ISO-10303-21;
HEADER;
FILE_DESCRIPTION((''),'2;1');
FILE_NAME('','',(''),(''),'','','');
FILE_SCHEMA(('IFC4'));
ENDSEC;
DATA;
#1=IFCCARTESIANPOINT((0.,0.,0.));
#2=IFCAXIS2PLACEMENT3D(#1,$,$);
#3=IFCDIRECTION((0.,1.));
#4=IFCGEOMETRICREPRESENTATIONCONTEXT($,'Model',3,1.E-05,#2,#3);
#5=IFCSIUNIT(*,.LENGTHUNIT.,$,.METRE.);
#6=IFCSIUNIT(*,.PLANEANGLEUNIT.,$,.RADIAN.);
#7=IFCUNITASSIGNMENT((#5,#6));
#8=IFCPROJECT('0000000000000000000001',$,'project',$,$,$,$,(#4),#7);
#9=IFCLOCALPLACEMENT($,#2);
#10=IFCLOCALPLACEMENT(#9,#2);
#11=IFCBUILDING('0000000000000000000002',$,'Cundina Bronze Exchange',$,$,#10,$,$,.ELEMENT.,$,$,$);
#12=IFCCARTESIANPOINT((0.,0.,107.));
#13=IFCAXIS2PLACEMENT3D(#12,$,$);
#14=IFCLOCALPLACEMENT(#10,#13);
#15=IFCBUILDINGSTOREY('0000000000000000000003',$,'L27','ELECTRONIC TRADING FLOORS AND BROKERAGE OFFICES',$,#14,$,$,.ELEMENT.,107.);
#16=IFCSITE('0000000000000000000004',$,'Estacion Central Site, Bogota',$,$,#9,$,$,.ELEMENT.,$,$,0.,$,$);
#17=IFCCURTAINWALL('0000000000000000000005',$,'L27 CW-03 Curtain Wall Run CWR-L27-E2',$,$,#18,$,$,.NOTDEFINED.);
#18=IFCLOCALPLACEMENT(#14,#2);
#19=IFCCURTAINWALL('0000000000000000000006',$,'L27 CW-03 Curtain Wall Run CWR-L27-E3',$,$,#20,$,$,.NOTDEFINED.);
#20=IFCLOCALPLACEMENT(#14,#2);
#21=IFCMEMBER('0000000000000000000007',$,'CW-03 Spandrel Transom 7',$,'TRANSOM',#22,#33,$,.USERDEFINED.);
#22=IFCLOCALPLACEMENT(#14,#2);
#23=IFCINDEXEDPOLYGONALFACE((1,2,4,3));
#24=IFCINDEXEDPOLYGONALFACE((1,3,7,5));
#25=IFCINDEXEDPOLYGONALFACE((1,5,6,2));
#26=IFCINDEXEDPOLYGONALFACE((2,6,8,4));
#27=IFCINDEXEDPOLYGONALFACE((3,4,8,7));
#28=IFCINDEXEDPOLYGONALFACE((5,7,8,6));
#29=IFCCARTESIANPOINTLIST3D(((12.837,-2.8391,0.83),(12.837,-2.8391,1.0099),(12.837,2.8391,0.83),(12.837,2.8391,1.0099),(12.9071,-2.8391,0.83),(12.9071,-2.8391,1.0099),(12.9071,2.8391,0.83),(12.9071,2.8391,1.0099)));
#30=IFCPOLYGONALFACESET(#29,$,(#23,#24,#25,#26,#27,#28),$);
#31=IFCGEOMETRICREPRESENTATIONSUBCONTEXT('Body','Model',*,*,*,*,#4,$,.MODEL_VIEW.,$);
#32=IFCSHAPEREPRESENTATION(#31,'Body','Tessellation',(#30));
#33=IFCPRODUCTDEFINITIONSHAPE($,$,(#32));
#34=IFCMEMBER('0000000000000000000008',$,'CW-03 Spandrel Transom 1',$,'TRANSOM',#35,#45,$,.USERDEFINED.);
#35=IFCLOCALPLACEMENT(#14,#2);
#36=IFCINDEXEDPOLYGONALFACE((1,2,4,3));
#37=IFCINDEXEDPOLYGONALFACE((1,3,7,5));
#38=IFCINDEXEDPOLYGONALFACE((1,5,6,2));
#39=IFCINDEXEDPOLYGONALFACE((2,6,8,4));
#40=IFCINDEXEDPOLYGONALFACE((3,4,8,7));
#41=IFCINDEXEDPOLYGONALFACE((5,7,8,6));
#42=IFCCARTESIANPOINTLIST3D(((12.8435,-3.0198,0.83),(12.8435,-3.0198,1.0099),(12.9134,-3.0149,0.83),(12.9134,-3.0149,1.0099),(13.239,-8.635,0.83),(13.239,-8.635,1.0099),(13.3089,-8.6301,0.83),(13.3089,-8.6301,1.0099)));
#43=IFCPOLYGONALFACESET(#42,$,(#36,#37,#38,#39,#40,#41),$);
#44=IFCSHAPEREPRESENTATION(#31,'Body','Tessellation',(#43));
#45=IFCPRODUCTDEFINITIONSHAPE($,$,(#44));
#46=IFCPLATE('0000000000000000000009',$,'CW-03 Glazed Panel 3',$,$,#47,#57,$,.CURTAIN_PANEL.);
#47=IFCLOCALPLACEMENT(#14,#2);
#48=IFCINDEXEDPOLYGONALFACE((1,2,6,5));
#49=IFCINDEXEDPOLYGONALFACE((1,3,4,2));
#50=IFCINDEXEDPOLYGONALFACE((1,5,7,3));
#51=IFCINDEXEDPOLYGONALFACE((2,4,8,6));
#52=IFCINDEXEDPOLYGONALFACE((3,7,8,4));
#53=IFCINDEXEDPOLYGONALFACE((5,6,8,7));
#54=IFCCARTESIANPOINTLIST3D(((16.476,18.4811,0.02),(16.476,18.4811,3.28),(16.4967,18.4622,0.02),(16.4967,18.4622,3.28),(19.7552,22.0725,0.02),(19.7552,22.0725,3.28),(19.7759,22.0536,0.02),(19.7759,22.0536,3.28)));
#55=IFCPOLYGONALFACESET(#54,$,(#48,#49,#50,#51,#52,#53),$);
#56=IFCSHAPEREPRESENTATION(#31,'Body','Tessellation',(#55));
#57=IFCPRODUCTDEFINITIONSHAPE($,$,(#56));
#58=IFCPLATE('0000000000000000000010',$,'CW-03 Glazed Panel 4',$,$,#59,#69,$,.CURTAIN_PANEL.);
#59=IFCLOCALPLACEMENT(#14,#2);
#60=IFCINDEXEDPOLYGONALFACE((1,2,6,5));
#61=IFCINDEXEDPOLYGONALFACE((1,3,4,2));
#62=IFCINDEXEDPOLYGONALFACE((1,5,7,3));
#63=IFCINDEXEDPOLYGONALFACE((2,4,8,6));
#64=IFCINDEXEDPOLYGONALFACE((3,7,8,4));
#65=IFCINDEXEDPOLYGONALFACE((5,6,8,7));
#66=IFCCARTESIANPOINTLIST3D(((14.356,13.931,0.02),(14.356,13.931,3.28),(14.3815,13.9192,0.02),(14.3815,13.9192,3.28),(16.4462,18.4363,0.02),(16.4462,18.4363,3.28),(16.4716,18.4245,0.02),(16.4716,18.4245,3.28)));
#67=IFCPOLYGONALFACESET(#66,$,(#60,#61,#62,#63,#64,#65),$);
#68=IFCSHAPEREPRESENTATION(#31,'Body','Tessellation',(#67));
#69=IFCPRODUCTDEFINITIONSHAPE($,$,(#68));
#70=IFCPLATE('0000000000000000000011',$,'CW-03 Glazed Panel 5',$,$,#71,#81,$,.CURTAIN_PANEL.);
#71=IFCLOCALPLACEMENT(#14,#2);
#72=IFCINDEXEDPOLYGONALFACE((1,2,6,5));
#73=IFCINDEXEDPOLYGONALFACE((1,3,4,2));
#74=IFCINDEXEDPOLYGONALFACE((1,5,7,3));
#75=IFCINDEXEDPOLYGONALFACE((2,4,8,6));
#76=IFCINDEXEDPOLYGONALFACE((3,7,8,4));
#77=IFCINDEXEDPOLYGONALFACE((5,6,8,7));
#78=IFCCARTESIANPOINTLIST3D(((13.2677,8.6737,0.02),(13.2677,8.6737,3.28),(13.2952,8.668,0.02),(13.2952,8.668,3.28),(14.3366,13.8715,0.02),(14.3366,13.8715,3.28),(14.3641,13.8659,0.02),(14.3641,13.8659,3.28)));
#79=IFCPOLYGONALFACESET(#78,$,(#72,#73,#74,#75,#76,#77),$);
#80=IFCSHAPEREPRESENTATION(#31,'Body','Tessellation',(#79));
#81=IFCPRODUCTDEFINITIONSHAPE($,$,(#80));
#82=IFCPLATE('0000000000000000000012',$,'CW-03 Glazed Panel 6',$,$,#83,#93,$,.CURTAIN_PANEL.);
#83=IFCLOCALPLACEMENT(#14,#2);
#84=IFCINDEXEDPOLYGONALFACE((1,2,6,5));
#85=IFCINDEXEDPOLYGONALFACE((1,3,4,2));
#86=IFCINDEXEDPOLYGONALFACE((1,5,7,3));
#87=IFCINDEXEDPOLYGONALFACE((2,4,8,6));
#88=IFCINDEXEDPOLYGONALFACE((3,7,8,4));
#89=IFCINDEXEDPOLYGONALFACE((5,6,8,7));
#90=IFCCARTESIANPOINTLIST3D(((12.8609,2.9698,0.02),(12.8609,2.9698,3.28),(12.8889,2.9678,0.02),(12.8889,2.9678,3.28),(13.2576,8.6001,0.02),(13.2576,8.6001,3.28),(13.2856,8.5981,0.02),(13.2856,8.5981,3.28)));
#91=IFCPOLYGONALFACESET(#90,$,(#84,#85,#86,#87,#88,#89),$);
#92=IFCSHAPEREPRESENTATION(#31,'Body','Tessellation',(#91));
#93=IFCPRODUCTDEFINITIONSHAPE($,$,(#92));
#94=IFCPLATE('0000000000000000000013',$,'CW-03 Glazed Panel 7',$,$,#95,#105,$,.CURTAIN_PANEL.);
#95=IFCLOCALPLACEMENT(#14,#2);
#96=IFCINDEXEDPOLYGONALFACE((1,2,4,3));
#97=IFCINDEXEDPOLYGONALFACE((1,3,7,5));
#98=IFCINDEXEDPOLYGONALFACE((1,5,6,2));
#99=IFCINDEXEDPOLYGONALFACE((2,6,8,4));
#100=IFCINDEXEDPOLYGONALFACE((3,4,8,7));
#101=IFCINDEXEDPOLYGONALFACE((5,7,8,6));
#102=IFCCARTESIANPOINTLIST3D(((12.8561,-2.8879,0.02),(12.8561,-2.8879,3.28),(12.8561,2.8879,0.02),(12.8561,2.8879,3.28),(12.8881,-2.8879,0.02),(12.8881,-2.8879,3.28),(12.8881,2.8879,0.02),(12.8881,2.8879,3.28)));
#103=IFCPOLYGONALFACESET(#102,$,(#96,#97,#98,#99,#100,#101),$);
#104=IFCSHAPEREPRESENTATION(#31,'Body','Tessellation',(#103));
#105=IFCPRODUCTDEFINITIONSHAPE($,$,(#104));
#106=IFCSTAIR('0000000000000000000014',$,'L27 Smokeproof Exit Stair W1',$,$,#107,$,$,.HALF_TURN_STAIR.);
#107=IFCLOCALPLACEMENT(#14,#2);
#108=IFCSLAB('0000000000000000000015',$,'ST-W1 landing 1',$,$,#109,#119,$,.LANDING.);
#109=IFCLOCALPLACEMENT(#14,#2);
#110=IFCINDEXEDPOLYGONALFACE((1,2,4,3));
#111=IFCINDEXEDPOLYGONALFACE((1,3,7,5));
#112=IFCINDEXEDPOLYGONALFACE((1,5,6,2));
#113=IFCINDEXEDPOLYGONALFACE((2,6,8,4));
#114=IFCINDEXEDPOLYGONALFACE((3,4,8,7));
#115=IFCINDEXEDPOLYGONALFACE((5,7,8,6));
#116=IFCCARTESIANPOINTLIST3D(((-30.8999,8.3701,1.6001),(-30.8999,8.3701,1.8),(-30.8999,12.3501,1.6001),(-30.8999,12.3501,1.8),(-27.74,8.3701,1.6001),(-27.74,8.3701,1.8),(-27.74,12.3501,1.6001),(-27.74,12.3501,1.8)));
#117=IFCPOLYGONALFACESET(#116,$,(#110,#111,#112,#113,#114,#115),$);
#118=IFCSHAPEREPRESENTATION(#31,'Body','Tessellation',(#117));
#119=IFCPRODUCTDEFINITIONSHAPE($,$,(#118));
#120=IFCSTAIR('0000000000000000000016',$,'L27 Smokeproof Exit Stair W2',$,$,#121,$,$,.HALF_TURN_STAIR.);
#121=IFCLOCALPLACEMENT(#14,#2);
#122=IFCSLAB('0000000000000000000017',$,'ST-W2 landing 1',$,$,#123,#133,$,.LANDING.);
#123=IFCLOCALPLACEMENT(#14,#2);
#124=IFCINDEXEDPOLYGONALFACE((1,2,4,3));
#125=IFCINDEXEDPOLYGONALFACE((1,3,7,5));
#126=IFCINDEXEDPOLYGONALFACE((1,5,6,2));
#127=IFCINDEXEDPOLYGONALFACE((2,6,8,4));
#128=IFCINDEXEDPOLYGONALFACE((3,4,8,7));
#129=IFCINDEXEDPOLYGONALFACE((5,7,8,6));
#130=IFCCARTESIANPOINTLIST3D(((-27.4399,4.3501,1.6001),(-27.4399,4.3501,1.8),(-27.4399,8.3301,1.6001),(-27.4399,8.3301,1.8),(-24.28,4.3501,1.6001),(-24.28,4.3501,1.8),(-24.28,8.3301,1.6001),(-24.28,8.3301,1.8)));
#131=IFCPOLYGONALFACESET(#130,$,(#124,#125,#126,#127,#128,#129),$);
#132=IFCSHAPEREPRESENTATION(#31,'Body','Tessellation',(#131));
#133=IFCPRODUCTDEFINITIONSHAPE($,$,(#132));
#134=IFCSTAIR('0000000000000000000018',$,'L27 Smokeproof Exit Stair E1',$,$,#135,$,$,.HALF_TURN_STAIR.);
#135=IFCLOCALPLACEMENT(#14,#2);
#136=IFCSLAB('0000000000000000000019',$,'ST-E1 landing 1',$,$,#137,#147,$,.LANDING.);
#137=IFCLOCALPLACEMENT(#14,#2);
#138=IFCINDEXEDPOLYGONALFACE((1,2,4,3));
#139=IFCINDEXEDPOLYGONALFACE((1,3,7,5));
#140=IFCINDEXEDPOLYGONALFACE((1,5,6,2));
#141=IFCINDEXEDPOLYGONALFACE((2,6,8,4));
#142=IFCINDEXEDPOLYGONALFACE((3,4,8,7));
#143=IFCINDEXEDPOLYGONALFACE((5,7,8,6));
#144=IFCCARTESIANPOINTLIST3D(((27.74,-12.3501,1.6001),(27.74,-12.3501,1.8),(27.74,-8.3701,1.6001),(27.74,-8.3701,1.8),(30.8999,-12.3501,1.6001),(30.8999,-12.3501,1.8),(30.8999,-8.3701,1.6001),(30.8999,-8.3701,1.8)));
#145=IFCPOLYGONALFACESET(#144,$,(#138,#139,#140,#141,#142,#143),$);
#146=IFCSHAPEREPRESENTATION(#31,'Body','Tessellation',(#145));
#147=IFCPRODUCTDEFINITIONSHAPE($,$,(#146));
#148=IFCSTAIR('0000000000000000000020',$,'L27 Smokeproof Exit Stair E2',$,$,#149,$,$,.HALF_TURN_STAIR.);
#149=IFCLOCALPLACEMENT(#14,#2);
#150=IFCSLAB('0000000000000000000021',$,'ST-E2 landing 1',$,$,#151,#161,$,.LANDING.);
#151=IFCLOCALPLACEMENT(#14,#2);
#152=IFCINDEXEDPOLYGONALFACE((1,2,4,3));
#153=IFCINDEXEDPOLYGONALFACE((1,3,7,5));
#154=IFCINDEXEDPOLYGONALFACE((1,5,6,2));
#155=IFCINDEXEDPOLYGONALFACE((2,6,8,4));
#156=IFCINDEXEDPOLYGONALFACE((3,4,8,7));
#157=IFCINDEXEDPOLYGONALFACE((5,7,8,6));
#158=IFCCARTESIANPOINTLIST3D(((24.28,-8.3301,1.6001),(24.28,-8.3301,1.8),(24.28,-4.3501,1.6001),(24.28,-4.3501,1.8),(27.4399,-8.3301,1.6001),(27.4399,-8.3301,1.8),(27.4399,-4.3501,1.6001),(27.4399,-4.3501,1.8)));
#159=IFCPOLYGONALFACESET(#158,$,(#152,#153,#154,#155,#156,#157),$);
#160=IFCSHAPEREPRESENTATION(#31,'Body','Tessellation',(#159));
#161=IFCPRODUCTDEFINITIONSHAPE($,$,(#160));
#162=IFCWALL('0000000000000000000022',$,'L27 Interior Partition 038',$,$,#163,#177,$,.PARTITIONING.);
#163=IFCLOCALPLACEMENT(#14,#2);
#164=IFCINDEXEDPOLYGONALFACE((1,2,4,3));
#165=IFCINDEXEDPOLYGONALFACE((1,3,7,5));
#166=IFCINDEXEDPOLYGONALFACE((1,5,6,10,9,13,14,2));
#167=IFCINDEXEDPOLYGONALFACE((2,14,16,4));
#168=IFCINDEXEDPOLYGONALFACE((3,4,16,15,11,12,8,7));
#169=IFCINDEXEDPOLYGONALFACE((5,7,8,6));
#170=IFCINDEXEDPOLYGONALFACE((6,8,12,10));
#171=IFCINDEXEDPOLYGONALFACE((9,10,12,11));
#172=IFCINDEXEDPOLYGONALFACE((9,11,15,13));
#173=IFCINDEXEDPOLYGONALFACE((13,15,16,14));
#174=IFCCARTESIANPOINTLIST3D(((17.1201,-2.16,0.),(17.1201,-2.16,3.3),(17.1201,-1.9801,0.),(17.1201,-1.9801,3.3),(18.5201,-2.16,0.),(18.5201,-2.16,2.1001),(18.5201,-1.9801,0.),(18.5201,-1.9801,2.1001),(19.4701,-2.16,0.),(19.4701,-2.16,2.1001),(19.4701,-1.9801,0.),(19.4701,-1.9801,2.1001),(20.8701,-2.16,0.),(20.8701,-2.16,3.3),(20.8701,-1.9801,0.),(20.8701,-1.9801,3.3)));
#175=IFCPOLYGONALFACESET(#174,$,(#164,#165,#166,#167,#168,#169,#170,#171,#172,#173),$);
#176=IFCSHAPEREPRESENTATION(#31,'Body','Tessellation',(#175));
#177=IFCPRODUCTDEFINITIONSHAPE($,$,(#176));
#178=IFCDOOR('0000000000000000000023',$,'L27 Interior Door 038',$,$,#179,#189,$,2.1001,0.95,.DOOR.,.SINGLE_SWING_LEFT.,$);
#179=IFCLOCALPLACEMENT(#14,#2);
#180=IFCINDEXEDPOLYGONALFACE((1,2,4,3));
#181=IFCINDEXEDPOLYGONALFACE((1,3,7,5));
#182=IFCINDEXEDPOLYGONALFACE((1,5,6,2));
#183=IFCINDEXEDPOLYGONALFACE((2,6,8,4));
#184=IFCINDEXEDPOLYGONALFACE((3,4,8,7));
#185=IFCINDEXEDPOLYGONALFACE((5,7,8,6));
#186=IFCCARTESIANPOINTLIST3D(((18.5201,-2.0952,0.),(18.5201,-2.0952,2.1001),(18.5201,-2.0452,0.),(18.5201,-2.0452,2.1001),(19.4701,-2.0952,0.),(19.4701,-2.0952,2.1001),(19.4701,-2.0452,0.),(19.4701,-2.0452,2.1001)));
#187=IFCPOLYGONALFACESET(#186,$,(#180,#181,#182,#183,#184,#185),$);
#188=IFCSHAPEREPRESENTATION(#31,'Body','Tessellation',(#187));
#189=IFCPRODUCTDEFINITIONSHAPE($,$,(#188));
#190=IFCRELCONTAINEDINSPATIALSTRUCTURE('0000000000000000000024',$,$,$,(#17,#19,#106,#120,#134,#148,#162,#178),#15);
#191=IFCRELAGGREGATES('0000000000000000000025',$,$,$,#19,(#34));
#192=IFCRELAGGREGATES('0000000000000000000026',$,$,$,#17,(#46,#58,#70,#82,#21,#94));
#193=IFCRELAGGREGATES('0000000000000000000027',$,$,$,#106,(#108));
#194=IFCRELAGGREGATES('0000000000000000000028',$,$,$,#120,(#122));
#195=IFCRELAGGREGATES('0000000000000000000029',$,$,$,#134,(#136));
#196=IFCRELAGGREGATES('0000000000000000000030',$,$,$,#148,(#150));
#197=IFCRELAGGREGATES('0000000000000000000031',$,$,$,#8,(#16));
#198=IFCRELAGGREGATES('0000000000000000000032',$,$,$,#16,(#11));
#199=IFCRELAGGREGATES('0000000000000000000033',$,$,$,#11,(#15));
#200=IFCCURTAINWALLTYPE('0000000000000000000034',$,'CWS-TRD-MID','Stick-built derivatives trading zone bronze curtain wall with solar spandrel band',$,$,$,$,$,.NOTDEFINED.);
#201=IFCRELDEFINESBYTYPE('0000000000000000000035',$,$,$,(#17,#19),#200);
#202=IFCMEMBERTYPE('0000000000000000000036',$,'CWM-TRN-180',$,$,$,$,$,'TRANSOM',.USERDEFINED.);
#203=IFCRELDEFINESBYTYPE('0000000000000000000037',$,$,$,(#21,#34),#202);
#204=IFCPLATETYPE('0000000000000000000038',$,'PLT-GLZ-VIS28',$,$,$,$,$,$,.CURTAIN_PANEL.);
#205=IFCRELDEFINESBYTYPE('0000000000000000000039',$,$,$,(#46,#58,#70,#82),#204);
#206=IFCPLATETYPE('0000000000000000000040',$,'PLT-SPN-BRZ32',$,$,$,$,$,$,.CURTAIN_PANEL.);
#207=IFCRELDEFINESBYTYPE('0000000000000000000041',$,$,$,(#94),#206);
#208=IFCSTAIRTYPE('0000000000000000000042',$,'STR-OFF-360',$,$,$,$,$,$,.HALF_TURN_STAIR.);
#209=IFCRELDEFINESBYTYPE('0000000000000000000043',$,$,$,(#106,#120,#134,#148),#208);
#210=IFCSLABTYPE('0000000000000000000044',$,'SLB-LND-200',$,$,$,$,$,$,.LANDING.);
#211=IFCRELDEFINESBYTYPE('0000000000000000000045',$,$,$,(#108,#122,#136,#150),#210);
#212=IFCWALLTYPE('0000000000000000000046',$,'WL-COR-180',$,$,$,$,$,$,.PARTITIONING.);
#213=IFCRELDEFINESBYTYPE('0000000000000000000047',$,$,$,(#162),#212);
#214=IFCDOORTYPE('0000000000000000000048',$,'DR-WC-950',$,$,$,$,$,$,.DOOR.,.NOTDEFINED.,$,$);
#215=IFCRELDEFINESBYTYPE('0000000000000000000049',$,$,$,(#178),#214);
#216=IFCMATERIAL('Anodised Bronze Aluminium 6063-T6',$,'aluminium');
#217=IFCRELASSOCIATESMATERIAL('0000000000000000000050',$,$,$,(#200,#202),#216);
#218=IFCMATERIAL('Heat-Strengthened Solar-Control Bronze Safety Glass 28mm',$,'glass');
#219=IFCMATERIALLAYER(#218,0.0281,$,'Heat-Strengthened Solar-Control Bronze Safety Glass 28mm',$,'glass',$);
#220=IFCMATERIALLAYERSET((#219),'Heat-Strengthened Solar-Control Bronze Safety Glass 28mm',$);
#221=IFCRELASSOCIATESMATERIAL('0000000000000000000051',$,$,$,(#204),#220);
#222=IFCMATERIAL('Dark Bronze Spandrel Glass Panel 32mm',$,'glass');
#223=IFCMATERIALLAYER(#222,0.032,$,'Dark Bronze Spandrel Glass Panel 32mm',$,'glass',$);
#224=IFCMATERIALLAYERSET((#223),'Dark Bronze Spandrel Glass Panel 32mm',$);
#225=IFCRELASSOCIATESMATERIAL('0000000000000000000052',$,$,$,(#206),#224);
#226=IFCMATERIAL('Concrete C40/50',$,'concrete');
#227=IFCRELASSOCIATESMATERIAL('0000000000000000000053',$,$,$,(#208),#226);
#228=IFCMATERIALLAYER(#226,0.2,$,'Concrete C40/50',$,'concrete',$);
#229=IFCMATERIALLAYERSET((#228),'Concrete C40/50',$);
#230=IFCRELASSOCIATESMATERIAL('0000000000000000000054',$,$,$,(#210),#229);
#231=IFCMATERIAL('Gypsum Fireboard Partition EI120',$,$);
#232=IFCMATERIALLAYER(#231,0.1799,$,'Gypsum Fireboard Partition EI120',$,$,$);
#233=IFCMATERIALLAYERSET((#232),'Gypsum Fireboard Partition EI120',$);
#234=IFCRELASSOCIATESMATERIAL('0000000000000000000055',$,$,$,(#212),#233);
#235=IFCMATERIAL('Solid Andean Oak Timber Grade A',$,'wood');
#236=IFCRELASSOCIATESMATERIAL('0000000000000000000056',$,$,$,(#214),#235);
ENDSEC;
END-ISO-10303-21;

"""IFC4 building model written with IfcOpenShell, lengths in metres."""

from ifc_helpers import new_model, si_unit, direction, frame, frame_2d, origin, origin_2d, place, context, subcontext, project, spatial, polyline, rectangle, outline, extrude, material, layer, layer_set, material_profile, profile_set, type_object, element, fill, aggregate, save


model = new_model("IFC4")

# Units and contexts
model_context = context("Model", 3, precision=1e-05, world=origin(), true_north=direction((0.0, 1.0)))
body_context = subcontext(model_context, "Body", "Model", "MODEL_VIEW")
ifc_project = project(units=[si_unit("LENGTHUNIT", "METRE"), si_unit("PLANEANGLEUNIT", "RADIAN")], contexts=[model_context])

# Site, building, storey
site_placement = place(None, origin())
site = spatial("IfcSite", under=ifc_project, at=site_placement, Name="Estacion Central Site, Bogota", CompositionType="ELEMENT", RefElevation=0.0)
building_placement = place(site_placement, origin())
building = spatial("IfcBuilding", under=site, at=building_placement, Name="Cundina Bronze Exchange", CompositionType="ELEMENT")
storey_placement = place(building_placement, frame((0.0, 0.0, 107.0)))
storey = spatial("IfcBuildingStorey", under=building, at=storey_placement, Name="L27", Description="ELECTRONIC TRADING FLOORS AND BROKERAGE OFFICES", CompositionType="ELEMENT", Elevation=107.0)

# Curtain wall
ifc_material_1 = material(Name="Anodised Bronze Aluminium 6063-T6", Category="aluminium")
curtain_wall_type = type_object("IfcCurtainWallType", Name="CWS-TRD-MID", Description="Stick-built derivatives trading zone bronze curtain wall with solar spandrel band", PredefinedType="NOTDEFINED", material=ifc_material_1)
curtain_wall_1_placement = place(storey_placement, origin())
curtain_wall_1 = element("IfcCurtainWall", 1, at=curtain_wall_1_placement, inside=storey, type_object=curtain_wall_type, Name="L27 CW-03 Curtain Wall Run CWR-L27-E2", PredefinedType="NOTDEFINED")

# Curtain wall
curtain_wall_2_placement = place(storey_placement, origin())
curtain_wall_2 = element("IfcCurtainWall", 2, at=curtain_wall_2_placement, inside=storey, type_object=curtain_wall_type, Name="L27 CW-03 Curtain Wall Run CWR-L27-E3", PredefinedType="NOTDEFINED")

# Members
ifc_material_profile_1 = material_profile(ifc_material_1, rectangle(XDim=0.0701, YDim=0.1799, at=origin_2d()), Name="AL70X180", Category="aluminium")
ifc_profile_set_1 = profile_set([ifc_material_profile_1], Name="Anodised Bronze Aluminium 6063-T6")
member_type_1 = type_object("IfcMemberType", Name="CWM-TRN-180", ElementType="TRANSOM", PredefinedType="USERDEFINED", material=ifc_profile_set_1)
member_1_placement = place(storey_placement, frame((12.8721, 2.8391, 0.9199), z_axis=(0.0, -1.0, 0.0), x_axis=(1.0, 0.0, 0.0)))
member_1 = element("IfcMember", 3, at=member_1_placement, type_object=member_type_1, Name="CW-03 Spandrel Transom 7", ObjectType="TRANSOM", PredefinedType="USERDEFINED", context=body_context, shape_type="SweptSolid", body=[
    extrude(rectangle(XDim=0.0701, YDim=0.1799, at=origin_2d()), origin(), (0.0, 0.0, 1.0), 5.6782),
])
member_2_placement = place(storey_placement, frame((12.8784, -3.0173, 0.9199), z_axis=(0.070261, -0.997529, 0.0), x_axis=(0.997529, 0.070261, 0.0)))
member_2 = element("IfcMember", 4, at=member_2_placement, type_object=member_type_1, Name="CW-03 Spandrel Transom 1", ObjectType="TRANSOM", PredefinedType="USERDEFINED", context=body_context, shape_type="SweptSolid", body=[
    extrude(rectangle(XDim=0.0701, YDim=0.1799, at=origin_2d()), origin(), (0.0, 0.0, 1.0), 5.6292),
])
aggregate(curtain_wall_2, [member_2])

# Plates
ifc_material_2 = material(Name="Heat-Strengthened Solar-Control Bronze Safety Glass 28mm", Category="glass")
ifc_layer_1 = layer(ifc_material_2, 0.0281, Name="Heat-Strengthened Solar-Control Bronze Safety Glass 28mm", Category="glass")
ifc_layer_set_1 = layer_set([ifc_layer_1], Name="Heat-Strengthened Solar-Control Bronze Safety Glass 28mm")
plate_type_1 = type_object("IfcPlateType", Name="PLT-GLZ-VIS28", PredefinedType="CURTAIN_PANEL", material=ifc_layer_set_1)
plate_1_placement = place(storey_placement, frame((18.126, 20.2673, 0.02), z_axis=(0.0, 0.0, 1.0), x_axis=(-0.674277, -0.738479, 0.0)))
plate_1 = element("IfcPlate", 5, at=plate_1_placement, type_object=plate_type_1, Name="CW-03 Glazed Panel 3", PredefinedType="CURTAIN_PANEL", context=body_context, shape_type="SweptSolid", body=[
    extrude(rectangle(XDim=4.8633, YDim=0.0281, at=origin_2d()), origin(), (0.0, 0.0, 1.0), 3.26),
])
plate_2_placement = place(storey_placement, frame((15.4138, 16.1777, 0.02), z_axis=(0.0, 0.0, 1.0), x_axis=(-0.420846, -0.907132, 0.0)))
plate_2 = element("IfcPlate", 6, at=plate_2_placement, type_object=plate_type_1, Name="CW-03 Glazed Panel 4", PredefinedType="CURTAIN_PANEL", context=body_context, shape_type="SweptSolid", body=[
    extrude(rectangle(XDim=4.9666, YDim=0.0281, at=origin_2d()), origin(), (0.0, 0.0, 1.0), 3.26),
])
plate_3_placement = place(storey_placement, frame((13.8159, 11.2698, 0.02), z_axis=(0.0, 0.0, 1.0), x_axis=(-0.20142, -0.979505, 0.0)))
plate_3 = element("IfcPlate", 7, at=plate_3_placement, type_object=plate_type_1, Name="CW-03 Glazed Panel 5", PredefinedType="CURTAIN_PANEL", context=body_context, shape_type="SweptSolid", body=[
    extrude(rectangle(XDim=5.3066, YDim=0.0281, at=origin_2d()), origin(), (0.0, 0.0, 1.0), 3.26),
])
plate_4_placement = place(storey_placement, frame((13.0732, 5.7839, 0.02), z_axis=(0.0, 0.0, 1.0), x_axis=(-0.070279, -0.997527, 0.0)))
plate_4 = element("IfcPlate", 8, at=plate_4_placement, type_object=plate_type_1, Name="CW-03 Glazed Panel 6", PredefinedType="CURTAIN_PANEL", context=body_context, shape_type="SweptSolid", body=[
    extrude(rectangle(XDim=5.6443, YDim=0.0281, at=origin_2d()), origin(), (0.0, 0.0, 1.0), 3.26),
])
ifc_material_3 = material(Name="Dark Bronze Spandrel Glass Panel 32mm", Category="glass")
ifc_layer_2 = layer(ifc_material_3, 0.032, Name="Dark Bronze Spandrel Glass Panel 32mm", Category="glass")
ifc_layer_set_2 = layer_set([ifc_layer_2], Name="Dark Bronze Spandrel Glass Panel 32mm")
plate_type_2 = type_object("IfcPlateType", Name="PLT-SPN-BRZ32", PredefinedType="CURTAIN_PANEL", material=ifc_layer_set_2)
plate_5_placement = place(storey_placement, frame((12.8721, 0.0, 0.02), z_axis=(0.0, 0.0, 1.0), x_axis=(0.0, -1.0, 0.0)))
plate_5 = element("IfcPlate", 9, at=plate_5_placement, type_object=plate_type_2, Name="CW-03 Glazed Panel 7", PredefinedType="CURTAIN_PANEL", context=body_context, shape_type="SweptSolid", body=[
    extrude(rectangle(XDim=5.7759, YDim=0.032, at=origin_2d()), origin(), (0.0, 0.0, 1.0), 3.26),
])
aggregate(curtain_wall_1, [plate_1, plate_2, plate_3, plate_4, member_1, plate_5])

# Stairs, slabs
ifc_material_4 = material(Name="Concrete C40/50", Category="concrete")
stair_type = type_object("IfcStairType", Name="STR-OFF-360", PredefinedType="HALF_TURN_STAIR", material=ifc_material_4)
stair_1_placement = place(storey_placement, origin())
stair_1 = element("IfcStair", 10, at=stair_1_placement, inside=storey, type_object=stair_type, Name="L27 Smokeproof Exit Stair W1", PredefinedType="HALF_TURN_STAIR")
ifc_layer_3 = layer(ifc_material_4, 0.2, Name="Concrete C40/50", Category="concrete")
ifc_layer_set_3 = layer_set([ifc_layer_3], Name="Concrete C40/50")
slab_type = type_object("IfcSlabType", Name="SLB-LND-200", PredefinedType="LANDING", material=ifc_layer_set_3)
slab_1_placement = place(storey_placement, frame((0.0, 0.0, 1.6001)))
slab_1 = element("IfcSlab", 11, at=slab_1_placement, type_object=slab_type, Name="ST-W1 landing 1", PredefinedType="LANDING", context=body_context, shape_type="SweptSolid", body=[
    extrude(outline(polyline([(-27.74, 8.3701), (-27.74, 12.3501), (-30.8999, 12.3501), (-30.8999, 8.3701), (-27.74, 8.3701)])), origin(), (0.0, 0.0, 1.0), 0.2),
])
aggregate(stair_1, [slab_1])
stair_2_placement = place(storey_placement, origin())
stair_2 = element("IfcStair", 12, at=stair_2_placement, inside=storey, type_object=stair_type, Name="L27 Smokeproof Exit Stair W2", PredefinedType="HALF_TURN_STAIR")
slab_2_placement = place(storey_placement, frame((0.0, 0.0, 1.6001)))
slab_2 = element("IfcSlab", 13, at=slab_2_placement, type_object=slab_type, Name="ST-W2 landing 1", PredefinedType="LANDING", context=body_context, shape_type="SweptSolid", body=[
    extrude(outline(polyline([(-27.4399, 8.3301), (-27.4399, 4.3501), (-24.28, 4.3501), (-24.28, 8.3301), (-27.4399, 8.3301)])), origin(), (0.0, 0.0, 1.0), 0.2),
])
aggregate(stair_2, [slab_2])
stair_3_placement = place(storey_placement, origin())
stair_3 = element("IfcStair", 14, at=stair_3_placement, inside=storey, type_object=stair_type, Name="L27 Smokeproof Exit Stair E1", PredefinedType="HALF_TURN_STAIR")
slab_3_placement = place(storey_placement, frame((0.0, 0.0, 1.6001)))
slab_3 = element("IfcSlab", 15, at=slab_3_placement, type_object=slab_type, Name="ST-E1 landing 1", PredefinedType="LANDING", context=body_context, shape_type="SweptSolid", body=[
    extrude(outline(polyline([(27.74, -8.3701), (27.74, -12.3501), (30.8999, -12.3501), (30.8999, -8.3701), (27.74, -8.3701)])), origin(), (0.0, 0.0, 1.0), 0.2),
])
aggregate(stair_3, [slab_3])
stair_4_placement = place(storey_placement, origin())
stair_4 = element("IfcStair", 16, at=stair_4_placement, inside=storey, type_object=stair_type, Name="L27 Smokeproof Exit Stair E2", PredefinedType="HALF_TURN_STAIR")
slab_4_placement = place(storey_placement, frame((0.0, 0.0, 1.6001)))
slab_4 = element("IfcSlab", 17, at=slab_4_placement, type_object=slab_type, Name="ST-E2 landing 1", PredefinedType="LANDING", context=body_context, shape_type="SweptSolid", body=[
    extrude(outline(polyline([(27.4399, -8.3301), (27.4399, -4.3501), (24.28, -4.3501), (24.28, -8.3301), (27.4399, -8.3301)])), origin(), (0.0, 0.0, 1.0), 0.2),
])
aggregate(stair_4, [slab_4])

# Wall, opening, door
ifc_material_5 = material(Name="Gypsum Fireboard Partition EI120")
ifc_layer_4 = layer(ifc_material_5, 0.1799, Name="Gypsum Fireboard Partition EI120")
ifc_layer_set_4 = layer_set([ifc_layer_4], Name="Gypsum Fireboard Partition EI120")
wall_type_1 = type_object("IfcWallType", Name="WL-COR-180", PredefinedType="PARTITIONING", material=ifc_layer_set_4)
wall_1_placement = place(storey_placement, frame((17.1201, -2.0701, 0.0), z_axis=(0.0, 0.0, 1.0), x_axis=(1.0, 0.0, 0.0)))
wall_1 = element("IfcWall", 18, at=wall_1_placement, inside=storey, type_object=wall_type_1, Name="L27 Interior Partition 038", PredefinedType="PARTITIONING", context=body_context, shape_type="SweptSolid", body=[
    extrude(rectangle(XDim=3.75, YDim=0.1799, at=frame_2d((1.875, 0.0))), origin(), (0.0, 0.0, 1.0), 3.3),
])
opening_placement = place(wall_1_placement, frame((1.3999, 0.0, 0.0)))
opening = element("IfcOpeningElement", 19, at=opening_placement, cuts=wall_1, PredefinedType="OPENING", context=body_context, shape_type="SweptSolid", body=[
    extrude(rectangle(XDim=0.95, YDim=2.1001, at=frame_2d((0.4751, 1.05))), frame((0.0, 0.0999, 0.0), z_axis=(0.0, -1.0, 0.0), x_axis=(1.0, 0.0, 0.0)), (0.0, 0.0, 1.0), 0.2),
])
ifc_material_6 = material(Name="Solid Andean Oak Timber Grade A", Category="wood")
door_type = type_object("IfcDoorType", Name="DR-WC-950", OperationType="NOTDEFINED", PredefinedType="DOOR", material=ifc_material_6)
door_placement = place(opening_placement, origin())
door = element("IfcDoor", 20, at=door_placement, inside=storey, type_object=door_type, Name="L27 Interior Door 038", OperationType="SINGLE_SWING_LEFT", OverallHeight=2.1001, OverallWidth=0.95, PredefinedType="DOOR", context=body_context, shape_type="SweptSolid", body=[
    extrude(rectangle(XDim=0.95, YDim=2.1001, at=frame_2d((0.4751, 1.05))), frame((0.0, 0.0249, 0.0), z_axis=(0.0, -1.0, 0.0), x_axis=(1.0, 0.0, 0.0)), (0.0, 0.0, 1.0), 0.05),
])
fill(opening, door)

save(model, "model.ifc")
